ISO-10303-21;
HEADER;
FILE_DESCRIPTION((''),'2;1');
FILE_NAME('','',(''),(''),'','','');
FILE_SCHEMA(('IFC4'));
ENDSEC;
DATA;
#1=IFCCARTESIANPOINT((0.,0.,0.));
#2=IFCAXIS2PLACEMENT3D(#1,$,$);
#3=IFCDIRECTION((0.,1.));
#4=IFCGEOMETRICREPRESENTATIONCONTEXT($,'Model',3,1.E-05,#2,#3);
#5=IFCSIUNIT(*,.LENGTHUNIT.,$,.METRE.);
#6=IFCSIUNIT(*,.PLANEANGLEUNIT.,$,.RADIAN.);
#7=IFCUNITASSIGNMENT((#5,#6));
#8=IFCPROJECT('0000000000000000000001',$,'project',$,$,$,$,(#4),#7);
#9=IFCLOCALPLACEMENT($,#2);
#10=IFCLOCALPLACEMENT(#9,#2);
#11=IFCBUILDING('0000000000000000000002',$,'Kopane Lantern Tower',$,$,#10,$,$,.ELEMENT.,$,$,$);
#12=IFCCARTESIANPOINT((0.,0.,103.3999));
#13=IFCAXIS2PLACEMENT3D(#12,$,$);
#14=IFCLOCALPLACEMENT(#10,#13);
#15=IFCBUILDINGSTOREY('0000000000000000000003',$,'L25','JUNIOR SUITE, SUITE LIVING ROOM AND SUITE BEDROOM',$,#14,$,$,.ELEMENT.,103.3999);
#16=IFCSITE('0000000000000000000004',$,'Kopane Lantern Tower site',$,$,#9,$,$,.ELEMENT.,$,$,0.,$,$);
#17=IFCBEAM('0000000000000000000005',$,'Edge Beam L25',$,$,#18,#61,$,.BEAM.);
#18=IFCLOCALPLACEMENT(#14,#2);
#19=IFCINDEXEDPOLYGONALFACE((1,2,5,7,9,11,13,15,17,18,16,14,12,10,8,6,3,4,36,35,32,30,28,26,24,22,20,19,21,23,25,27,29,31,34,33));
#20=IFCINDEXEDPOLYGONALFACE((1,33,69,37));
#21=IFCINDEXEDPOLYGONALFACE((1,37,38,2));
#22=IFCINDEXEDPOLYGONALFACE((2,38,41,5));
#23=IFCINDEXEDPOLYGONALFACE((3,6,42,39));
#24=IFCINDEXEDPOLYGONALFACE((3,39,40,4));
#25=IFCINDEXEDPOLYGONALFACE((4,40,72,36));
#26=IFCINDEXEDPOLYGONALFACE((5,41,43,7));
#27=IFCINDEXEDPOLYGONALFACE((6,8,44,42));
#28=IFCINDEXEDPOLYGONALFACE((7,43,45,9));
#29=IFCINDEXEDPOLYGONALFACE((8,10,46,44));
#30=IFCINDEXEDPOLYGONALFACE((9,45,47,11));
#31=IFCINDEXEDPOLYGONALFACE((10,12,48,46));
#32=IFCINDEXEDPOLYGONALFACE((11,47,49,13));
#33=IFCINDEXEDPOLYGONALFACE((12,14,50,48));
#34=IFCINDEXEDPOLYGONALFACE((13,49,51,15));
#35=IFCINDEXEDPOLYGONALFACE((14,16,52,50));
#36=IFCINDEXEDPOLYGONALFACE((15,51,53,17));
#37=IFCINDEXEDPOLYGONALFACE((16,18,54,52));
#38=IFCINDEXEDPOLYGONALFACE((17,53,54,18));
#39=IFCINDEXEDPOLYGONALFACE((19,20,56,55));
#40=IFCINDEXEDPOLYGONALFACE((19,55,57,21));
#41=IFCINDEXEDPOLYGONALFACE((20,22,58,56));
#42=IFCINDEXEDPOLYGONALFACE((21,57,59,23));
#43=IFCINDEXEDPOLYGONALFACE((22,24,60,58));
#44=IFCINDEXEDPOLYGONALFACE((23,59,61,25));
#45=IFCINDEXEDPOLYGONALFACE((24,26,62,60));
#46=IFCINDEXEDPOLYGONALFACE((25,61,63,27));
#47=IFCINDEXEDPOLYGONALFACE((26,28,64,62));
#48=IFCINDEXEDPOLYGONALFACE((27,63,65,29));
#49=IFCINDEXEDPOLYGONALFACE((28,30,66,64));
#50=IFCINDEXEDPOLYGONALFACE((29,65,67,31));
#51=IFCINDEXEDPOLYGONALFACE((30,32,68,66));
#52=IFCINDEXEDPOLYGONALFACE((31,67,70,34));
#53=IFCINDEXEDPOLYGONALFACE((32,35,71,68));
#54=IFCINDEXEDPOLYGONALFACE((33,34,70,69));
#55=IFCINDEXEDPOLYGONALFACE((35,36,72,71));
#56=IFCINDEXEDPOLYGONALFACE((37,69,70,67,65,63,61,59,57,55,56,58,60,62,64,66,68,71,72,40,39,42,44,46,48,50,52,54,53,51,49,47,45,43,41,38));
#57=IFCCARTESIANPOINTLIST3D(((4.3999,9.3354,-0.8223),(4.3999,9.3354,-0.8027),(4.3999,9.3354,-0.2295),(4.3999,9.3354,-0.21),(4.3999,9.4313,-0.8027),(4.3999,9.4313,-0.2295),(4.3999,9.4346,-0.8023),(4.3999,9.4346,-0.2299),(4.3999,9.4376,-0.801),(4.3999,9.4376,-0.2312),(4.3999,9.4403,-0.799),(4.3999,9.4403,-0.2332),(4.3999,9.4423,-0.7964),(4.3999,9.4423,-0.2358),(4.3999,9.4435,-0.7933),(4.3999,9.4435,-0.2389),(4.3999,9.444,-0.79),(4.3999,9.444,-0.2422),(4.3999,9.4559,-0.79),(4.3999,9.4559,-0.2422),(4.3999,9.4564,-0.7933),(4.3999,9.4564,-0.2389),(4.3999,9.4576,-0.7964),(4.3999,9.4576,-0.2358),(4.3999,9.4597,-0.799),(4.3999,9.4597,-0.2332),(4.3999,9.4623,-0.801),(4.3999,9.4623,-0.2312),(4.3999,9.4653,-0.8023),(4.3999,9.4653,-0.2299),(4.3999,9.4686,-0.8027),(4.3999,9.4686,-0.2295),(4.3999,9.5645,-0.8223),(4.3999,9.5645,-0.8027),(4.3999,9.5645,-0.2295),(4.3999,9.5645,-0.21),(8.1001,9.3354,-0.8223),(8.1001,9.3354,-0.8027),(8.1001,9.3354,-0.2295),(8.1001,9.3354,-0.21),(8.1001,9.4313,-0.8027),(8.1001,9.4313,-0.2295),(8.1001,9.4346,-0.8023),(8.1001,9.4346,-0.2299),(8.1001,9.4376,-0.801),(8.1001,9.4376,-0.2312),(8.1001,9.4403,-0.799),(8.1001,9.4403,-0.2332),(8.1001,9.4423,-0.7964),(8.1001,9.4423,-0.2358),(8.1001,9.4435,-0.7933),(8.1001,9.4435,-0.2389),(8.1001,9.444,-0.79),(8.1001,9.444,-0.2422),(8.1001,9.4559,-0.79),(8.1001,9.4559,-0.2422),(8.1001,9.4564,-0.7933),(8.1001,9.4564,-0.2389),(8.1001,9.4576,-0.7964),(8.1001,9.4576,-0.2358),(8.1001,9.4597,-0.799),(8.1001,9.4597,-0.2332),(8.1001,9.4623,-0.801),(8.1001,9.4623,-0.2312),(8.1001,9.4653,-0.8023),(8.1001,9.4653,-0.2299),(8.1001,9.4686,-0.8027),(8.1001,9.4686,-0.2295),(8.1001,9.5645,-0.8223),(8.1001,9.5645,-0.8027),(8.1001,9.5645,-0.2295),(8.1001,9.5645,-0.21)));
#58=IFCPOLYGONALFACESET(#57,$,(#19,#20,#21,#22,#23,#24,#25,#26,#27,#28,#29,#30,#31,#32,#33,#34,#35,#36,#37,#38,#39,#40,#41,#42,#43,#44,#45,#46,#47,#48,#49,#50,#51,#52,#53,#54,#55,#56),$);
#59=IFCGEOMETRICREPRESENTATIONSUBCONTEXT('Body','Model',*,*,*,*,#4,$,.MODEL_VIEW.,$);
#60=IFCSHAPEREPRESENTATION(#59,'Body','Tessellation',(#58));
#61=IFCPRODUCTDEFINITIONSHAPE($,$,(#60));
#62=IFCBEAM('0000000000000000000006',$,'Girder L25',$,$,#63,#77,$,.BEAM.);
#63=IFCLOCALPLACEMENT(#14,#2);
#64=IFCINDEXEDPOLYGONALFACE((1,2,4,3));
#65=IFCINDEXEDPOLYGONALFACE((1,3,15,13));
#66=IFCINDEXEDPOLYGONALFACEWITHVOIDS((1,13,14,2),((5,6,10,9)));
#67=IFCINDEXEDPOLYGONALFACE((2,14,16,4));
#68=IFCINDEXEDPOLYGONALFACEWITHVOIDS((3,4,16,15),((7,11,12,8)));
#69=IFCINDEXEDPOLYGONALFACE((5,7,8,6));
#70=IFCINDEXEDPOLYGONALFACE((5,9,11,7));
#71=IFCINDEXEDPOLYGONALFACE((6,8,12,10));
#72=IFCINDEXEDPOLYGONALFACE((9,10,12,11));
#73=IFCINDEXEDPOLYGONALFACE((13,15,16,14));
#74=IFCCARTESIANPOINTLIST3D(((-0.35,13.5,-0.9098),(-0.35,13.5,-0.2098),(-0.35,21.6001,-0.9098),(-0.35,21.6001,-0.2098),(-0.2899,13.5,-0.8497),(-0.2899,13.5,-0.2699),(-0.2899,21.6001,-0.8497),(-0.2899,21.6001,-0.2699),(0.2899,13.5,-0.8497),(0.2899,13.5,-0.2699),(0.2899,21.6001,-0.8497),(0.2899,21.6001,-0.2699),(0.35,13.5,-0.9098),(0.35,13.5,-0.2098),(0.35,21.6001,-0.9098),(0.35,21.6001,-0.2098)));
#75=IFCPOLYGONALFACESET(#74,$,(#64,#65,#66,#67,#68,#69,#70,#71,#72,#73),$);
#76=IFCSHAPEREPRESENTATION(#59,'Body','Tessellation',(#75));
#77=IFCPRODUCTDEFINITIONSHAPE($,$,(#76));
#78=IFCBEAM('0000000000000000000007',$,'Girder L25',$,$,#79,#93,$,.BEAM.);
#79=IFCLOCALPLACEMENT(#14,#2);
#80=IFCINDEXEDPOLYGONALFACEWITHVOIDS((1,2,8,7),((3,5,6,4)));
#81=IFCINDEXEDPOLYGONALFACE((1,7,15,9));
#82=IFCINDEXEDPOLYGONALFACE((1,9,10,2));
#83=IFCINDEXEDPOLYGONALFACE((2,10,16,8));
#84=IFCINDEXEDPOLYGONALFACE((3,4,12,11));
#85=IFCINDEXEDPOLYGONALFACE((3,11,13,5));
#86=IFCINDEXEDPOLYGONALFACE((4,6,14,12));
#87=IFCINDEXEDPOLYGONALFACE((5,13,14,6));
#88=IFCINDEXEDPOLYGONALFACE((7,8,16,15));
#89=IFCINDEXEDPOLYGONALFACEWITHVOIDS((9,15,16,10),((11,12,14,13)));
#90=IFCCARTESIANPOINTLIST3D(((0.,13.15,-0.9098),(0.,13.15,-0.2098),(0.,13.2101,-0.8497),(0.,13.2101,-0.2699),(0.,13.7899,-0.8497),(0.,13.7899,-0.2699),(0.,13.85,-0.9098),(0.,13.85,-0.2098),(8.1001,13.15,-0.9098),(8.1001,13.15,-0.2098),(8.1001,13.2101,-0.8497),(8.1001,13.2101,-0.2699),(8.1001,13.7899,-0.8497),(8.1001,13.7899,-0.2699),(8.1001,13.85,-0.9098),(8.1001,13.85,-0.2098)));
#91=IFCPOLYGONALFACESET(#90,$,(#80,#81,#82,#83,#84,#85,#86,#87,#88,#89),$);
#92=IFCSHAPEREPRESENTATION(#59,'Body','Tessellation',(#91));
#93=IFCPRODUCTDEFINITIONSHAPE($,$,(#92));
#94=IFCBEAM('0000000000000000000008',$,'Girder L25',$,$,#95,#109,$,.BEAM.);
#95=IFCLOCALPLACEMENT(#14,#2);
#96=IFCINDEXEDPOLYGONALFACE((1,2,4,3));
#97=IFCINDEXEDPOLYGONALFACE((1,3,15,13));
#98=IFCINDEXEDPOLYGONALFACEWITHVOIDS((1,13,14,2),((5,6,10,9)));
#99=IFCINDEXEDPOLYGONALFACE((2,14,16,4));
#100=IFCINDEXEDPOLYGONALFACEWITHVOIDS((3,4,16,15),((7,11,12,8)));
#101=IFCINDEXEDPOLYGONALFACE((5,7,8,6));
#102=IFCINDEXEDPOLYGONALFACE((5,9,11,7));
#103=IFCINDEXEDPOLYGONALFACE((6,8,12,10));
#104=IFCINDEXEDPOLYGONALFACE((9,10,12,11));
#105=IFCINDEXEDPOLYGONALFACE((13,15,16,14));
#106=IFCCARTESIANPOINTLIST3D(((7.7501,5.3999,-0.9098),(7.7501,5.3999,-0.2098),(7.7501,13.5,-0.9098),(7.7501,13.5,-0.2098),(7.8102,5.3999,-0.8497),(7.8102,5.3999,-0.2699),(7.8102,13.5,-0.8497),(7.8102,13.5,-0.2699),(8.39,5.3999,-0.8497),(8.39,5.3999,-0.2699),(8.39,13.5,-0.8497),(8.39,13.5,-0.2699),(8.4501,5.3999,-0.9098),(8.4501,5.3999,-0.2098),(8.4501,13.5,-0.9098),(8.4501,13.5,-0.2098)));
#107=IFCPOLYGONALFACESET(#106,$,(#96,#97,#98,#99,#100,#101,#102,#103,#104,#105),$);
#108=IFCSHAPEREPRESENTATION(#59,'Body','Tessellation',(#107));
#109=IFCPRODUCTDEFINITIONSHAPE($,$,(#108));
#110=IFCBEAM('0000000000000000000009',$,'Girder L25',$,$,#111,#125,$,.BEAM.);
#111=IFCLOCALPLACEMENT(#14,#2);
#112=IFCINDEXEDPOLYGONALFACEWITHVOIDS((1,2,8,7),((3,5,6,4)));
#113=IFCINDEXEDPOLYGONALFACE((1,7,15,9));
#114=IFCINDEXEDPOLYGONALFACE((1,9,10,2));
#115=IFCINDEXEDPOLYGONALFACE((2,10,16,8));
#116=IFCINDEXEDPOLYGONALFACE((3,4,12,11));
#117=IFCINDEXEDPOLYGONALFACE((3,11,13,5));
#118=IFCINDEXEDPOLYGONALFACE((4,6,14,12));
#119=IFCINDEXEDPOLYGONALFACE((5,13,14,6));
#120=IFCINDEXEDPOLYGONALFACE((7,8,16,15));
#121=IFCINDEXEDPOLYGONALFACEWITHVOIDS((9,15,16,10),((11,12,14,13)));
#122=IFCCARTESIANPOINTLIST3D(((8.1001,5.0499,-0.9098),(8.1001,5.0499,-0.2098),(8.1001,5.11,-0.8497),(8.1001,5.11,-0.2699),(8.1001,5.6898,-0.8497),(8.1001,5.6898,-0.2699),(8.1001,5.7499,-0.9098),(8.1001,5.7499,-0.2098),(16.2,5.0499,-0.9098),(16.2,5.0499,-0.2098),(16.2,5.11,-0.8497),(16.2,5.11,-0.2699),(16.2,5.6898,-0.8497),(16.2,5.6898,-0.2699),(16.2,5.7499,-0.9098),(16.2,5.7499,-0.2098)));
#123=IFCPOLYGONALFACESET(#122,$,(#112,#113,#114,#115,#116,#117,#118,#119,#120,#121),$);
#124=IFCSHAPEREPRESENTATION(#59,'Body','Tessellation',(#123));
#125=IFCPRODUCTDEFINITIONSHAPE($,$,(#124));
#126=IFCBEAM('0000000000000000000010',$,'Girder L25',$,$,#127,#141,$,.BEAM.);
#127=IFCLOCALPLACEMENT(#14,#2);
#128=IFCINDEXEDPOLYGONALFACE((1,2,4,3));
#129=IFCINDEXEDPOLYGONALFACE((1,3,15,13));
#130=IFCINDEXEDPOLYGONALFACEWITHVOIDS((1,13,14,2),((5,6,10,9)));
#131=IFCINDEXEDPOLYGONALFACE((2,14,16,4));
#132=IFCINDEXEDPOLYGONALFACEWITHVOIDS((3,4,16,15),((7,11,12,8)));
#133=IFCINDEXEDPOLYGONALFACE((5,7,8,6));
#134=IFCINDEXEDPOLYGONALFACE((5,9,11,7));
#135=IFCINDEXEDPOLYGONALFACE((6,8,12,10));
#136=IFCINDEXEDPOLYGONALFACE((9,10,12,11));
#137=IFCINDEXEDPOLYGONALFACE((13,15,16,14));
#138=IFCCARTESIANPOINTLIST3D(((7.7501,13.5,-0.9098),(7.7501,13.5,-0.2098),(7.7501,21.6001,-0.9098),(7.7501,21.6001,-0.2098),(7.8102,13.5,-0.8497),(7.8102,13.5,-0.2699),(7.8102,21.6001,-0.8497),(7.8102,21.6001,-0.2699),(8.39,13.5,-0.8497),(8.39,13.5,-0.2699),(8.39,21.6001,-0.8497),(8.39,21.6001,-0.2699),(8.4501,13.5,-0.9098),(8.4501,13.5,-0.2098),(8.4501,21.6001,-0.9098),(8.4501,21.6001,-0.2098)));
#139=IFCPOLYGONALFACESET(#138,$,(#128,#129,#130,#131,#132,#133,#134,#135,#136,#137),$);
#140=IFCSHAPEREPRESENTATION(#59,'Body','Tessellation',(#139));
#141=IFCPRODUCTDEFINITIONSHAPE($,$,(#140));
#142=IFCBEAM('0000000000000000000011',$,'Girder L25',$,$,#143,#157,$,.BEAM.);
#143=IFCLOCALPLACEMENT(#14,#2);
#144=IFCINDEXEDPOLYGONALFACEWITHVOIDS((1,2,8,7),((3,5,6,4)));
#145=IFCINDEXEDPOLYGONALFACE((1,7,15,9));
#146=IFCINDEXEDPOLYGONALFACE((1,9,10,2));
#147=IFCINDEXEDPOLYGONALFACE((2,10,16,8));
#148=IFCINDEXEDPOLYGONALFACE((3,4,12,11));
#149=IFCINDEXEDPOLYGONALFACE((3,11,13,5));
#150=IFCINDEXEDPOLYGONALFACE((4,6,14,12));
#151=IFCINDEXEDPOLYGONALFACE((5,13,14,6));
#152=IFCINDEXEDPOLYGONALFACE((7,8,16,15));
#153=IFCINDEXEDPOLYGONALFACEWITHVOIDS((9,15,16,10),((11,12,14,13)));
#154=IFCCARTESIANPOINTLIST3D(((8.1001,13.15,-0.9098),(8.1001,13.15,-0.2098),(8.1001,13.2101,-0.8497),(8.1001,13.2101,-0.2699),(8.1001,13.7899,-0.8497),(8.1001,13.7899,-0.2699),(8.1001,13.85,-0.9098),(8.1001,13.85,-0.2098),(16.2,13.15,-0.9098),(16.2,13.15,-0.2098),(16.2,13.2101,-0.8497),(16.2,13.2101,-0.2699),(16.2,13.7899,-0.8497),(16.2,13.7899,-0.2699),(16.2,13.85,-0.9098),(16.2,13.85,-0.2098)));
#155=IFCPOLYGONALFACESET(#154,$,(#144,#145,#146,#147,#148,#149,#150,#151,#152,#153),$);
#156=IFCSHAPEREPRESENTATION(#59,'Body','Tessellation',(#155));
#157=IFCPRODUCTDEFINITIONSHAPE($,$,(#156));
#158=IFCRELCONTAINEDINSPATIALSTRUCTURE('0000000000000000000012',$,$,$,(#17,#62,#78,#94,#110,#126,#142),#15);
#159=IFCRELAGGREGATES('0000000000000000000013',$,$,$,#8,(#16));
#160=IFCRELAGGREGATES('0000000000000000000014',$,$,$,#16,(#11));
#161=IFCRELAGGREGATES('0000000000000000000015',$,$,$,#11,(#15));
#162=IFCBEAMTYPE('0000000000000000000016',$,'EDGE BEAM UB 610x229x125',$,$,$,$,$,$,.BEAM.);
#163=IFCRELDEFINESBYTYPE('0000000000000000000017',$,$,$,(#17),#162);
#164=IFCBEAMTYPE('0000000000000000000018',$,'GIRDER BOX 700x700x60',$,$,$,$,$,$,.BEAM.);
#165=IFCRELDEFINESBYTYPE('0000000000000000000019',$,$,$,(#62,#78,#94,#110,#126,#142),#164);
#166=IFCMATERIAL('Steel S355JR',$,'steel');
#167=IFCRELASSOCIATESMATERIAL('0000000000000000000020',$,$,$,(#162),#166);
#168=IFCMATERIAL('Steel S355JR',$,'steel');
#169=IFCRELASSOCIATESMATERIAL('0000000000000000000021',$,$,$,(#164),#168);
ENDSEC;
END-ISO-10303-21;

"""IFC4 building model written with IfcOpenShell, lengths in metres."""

from ifc_helpers import new_model, si_unit, direction, frame, origin, origin_2d, place, context, subcontext, project, spatial, hollow_rectangle, i_section, extrude, material, material_profile, profile_set, type_object, element, save


model = new_model("IFC4")

# Units and contexts
model_context = context("Model", 3, precision=1e-05, world=origin(), true_north=direction((0.0, 1.0)))
body_context = subcontext(model_context, "Body", "Model", "MODEL_VIEW")
ifc_project = project(units=[si_unit("LENGTHUNIT", "METRE"), si_unit("PLANEANGLEUNIT", "RADIAN")], contexts=[model_context])

# Site, building, storey
site_placement = place(None, origin())
site = spatial("IfcSite", under=ifc_project, at=site_placement, Name="Kopane Lantern Tower site", CompositionType="ELEMENT", RefElevation=0.0)
building_placement = place(site_placement, origin())
building = spatial("IfcBuilding", under=site, at=building_placement, Name="Kopane Lantern Tower", CompositionType="ELEMENT")
storey_placement = place(building_placement, frame((0.0, 0.0, 103.3999)))
storey = spatial("IfcBuildingStorey", under=building, at=storey_placement, Name="L25", Description="JUNIOR SUITE, SUITE LIVING ROOM AND SUITE BEDROOM", CompositionType="ELEMENT", Elevation=103.3999)

# Beams
ifc_material_1 = material(Name="Steel S355JR", Category="steel")
ifc_material_profile_1 = material_profile(ifc_material_1, i_section(OverallWidth=0.229, OverallDepth=0.6123, WebThickness=0.012, FlangeThickness=0.0195, FilletRadius=0.0127, at=origin_2d()), Name="UB 610x229x125")
ifc_profile_set_1 = profile_set([ifc_material_profile_1], Name="Steel S355JR")
beam_type_1 = type_object("IfcBeamType", Name="EDGE BEAM UB 610x229x125", PredefinedType="BEAM", material=ifc_profile_set_1)
beam_1_placement = place(storey_placement, frame((4.3999, 9.45, -0.5161), z_axis=(1.0, 0.0, 0.0), x_axis=(0.0, 1.0, 0.0)))
element("IfcBeam", 1, at=beam_1_placement, inside=storey, type_object=beam_type_1, Name="Edge Beam L25", PredefinedType="BEAM", context=body_context, shape_type="SweptSolid", body=[
    extrude(i_section(OverallWidth=0.229, OverallDepth=0.6123, WebThickness=0.012, FlangeThickness=0.0195, FilletRadius=0.0127, at=origin_2d()), origin(), (0.0, 0.0, 1.0), 3.7002),
])
ifc_material_2 = material(Name="Steel S355JR", Category="steel")
ifc_material_profile_2 = material_profile(ifc_material_2, hollow_rectangle(XDim=0.7, YDim=0.7, WallThickness=0.0601, at=origin_2d()), Name="BOX 700x700x60")
ifc_profile_set_2 = profile_set([ifc_material_profile_2], Name="Steel S355JR")
beam_type_2 = type_object("IfcBeamType", Name="GIRDER BOX 700x700x60", PredefinedType="BEAM", material=ifc_profile_set_2)
for number, where, z_axis, x_axis, name in (
    (2, (0.0, 13.5, -0.5598), (0.0, 1.0, 0.0), (-1.0, 0.0, 0.0), "Girder L25"),
    (3, (0.0, 13.5, -0.5598), (1.0, 0.0, 0.0), (0.0, 1.0, 0.0), "Girder L25"),
    (4, (8.1001, 5.3999, -0.5598), (0.0, 1.0, 0.0), (-1.0, 0.0, 0.0), "Girder L25"),
):
    element("IfcBeam", number, at=place(storey_placement, frame(where, z_axis=z_axis, x_axis=x_axis)), inside=storey, type_object=beam_type_2, Name=name, PredefinedType="BEAM", context=body_context, shape_type="SweptSolid", body=[
        extrude(hollow_rectangle(XDim=0.7, YDim=0.7, WallThickness=0.0601, at=origin_2d()), origin(), (0.0, 0.0, 1.0), 8.1001),
    ])
beam_2_placement = place(storey_placement, frame((8.1001, 5.3999, -0.5598), z_axis=(1.0, 0.0, 0.0), x_axis=(0.0, 1.0, 0.0)))
element("IfcBeam", 5, at=beam_2_placement, inside=storey, type_object=beam_type_2, Name="Girder L25", PredefinedType="BEAM", context=body_context, shape_type="SweptSolid", body=[
    extrude(hollow_rectangle(XDim=0.7, YDim=0.7, WallThickness=0.0601, at=origin_2d()), origin(), (0.0, 0.0, 1.0), 8.0999),
])
beam_3_placement = place(storey_placement, frame((8.1001, 13.5, -0.5598), z_axis=(0.0, 1.0, 0.0), x_axis=(-1.0, 0.0, 0.0)))
element("IfcBeam", 6, at=beam_3_placement, inside=storey, type_object=beam_type_2, Name="Girder L25", PredefinedType="BEAM", context=body_context, shape_type="SweptSolid", body=[
    extrude(hollow_rectangle(XDim=0.7, YDim=0.7, WallThickness=0.0601, at=origin_2d()), origin(), (0.0, 0.0, 1.0), 8.1001),
])
beam_4_placement = place(storey_placement, frame((8.1001, 13.5, -0.5598), z_axis=(1.0, 0.0, 0.0), x_axis=(0.0, 1.0, 0.0)))
element("IfcBeam", 7, at=beam_4_placement, inside=storey, type_object=beam_type_2, Name="Girder L25", PredefinedType="BEAM", context=body_context, shape_type="SweptSolid", body=[
    extrude(hollow_rectangle(XDim=0.7, YDim=0.7, WallThickness=0.0601, at=origin_2d()), origin(), (0.0, 0.0, 1.0), 8.0999),
])

save(model, "model.ifc")
